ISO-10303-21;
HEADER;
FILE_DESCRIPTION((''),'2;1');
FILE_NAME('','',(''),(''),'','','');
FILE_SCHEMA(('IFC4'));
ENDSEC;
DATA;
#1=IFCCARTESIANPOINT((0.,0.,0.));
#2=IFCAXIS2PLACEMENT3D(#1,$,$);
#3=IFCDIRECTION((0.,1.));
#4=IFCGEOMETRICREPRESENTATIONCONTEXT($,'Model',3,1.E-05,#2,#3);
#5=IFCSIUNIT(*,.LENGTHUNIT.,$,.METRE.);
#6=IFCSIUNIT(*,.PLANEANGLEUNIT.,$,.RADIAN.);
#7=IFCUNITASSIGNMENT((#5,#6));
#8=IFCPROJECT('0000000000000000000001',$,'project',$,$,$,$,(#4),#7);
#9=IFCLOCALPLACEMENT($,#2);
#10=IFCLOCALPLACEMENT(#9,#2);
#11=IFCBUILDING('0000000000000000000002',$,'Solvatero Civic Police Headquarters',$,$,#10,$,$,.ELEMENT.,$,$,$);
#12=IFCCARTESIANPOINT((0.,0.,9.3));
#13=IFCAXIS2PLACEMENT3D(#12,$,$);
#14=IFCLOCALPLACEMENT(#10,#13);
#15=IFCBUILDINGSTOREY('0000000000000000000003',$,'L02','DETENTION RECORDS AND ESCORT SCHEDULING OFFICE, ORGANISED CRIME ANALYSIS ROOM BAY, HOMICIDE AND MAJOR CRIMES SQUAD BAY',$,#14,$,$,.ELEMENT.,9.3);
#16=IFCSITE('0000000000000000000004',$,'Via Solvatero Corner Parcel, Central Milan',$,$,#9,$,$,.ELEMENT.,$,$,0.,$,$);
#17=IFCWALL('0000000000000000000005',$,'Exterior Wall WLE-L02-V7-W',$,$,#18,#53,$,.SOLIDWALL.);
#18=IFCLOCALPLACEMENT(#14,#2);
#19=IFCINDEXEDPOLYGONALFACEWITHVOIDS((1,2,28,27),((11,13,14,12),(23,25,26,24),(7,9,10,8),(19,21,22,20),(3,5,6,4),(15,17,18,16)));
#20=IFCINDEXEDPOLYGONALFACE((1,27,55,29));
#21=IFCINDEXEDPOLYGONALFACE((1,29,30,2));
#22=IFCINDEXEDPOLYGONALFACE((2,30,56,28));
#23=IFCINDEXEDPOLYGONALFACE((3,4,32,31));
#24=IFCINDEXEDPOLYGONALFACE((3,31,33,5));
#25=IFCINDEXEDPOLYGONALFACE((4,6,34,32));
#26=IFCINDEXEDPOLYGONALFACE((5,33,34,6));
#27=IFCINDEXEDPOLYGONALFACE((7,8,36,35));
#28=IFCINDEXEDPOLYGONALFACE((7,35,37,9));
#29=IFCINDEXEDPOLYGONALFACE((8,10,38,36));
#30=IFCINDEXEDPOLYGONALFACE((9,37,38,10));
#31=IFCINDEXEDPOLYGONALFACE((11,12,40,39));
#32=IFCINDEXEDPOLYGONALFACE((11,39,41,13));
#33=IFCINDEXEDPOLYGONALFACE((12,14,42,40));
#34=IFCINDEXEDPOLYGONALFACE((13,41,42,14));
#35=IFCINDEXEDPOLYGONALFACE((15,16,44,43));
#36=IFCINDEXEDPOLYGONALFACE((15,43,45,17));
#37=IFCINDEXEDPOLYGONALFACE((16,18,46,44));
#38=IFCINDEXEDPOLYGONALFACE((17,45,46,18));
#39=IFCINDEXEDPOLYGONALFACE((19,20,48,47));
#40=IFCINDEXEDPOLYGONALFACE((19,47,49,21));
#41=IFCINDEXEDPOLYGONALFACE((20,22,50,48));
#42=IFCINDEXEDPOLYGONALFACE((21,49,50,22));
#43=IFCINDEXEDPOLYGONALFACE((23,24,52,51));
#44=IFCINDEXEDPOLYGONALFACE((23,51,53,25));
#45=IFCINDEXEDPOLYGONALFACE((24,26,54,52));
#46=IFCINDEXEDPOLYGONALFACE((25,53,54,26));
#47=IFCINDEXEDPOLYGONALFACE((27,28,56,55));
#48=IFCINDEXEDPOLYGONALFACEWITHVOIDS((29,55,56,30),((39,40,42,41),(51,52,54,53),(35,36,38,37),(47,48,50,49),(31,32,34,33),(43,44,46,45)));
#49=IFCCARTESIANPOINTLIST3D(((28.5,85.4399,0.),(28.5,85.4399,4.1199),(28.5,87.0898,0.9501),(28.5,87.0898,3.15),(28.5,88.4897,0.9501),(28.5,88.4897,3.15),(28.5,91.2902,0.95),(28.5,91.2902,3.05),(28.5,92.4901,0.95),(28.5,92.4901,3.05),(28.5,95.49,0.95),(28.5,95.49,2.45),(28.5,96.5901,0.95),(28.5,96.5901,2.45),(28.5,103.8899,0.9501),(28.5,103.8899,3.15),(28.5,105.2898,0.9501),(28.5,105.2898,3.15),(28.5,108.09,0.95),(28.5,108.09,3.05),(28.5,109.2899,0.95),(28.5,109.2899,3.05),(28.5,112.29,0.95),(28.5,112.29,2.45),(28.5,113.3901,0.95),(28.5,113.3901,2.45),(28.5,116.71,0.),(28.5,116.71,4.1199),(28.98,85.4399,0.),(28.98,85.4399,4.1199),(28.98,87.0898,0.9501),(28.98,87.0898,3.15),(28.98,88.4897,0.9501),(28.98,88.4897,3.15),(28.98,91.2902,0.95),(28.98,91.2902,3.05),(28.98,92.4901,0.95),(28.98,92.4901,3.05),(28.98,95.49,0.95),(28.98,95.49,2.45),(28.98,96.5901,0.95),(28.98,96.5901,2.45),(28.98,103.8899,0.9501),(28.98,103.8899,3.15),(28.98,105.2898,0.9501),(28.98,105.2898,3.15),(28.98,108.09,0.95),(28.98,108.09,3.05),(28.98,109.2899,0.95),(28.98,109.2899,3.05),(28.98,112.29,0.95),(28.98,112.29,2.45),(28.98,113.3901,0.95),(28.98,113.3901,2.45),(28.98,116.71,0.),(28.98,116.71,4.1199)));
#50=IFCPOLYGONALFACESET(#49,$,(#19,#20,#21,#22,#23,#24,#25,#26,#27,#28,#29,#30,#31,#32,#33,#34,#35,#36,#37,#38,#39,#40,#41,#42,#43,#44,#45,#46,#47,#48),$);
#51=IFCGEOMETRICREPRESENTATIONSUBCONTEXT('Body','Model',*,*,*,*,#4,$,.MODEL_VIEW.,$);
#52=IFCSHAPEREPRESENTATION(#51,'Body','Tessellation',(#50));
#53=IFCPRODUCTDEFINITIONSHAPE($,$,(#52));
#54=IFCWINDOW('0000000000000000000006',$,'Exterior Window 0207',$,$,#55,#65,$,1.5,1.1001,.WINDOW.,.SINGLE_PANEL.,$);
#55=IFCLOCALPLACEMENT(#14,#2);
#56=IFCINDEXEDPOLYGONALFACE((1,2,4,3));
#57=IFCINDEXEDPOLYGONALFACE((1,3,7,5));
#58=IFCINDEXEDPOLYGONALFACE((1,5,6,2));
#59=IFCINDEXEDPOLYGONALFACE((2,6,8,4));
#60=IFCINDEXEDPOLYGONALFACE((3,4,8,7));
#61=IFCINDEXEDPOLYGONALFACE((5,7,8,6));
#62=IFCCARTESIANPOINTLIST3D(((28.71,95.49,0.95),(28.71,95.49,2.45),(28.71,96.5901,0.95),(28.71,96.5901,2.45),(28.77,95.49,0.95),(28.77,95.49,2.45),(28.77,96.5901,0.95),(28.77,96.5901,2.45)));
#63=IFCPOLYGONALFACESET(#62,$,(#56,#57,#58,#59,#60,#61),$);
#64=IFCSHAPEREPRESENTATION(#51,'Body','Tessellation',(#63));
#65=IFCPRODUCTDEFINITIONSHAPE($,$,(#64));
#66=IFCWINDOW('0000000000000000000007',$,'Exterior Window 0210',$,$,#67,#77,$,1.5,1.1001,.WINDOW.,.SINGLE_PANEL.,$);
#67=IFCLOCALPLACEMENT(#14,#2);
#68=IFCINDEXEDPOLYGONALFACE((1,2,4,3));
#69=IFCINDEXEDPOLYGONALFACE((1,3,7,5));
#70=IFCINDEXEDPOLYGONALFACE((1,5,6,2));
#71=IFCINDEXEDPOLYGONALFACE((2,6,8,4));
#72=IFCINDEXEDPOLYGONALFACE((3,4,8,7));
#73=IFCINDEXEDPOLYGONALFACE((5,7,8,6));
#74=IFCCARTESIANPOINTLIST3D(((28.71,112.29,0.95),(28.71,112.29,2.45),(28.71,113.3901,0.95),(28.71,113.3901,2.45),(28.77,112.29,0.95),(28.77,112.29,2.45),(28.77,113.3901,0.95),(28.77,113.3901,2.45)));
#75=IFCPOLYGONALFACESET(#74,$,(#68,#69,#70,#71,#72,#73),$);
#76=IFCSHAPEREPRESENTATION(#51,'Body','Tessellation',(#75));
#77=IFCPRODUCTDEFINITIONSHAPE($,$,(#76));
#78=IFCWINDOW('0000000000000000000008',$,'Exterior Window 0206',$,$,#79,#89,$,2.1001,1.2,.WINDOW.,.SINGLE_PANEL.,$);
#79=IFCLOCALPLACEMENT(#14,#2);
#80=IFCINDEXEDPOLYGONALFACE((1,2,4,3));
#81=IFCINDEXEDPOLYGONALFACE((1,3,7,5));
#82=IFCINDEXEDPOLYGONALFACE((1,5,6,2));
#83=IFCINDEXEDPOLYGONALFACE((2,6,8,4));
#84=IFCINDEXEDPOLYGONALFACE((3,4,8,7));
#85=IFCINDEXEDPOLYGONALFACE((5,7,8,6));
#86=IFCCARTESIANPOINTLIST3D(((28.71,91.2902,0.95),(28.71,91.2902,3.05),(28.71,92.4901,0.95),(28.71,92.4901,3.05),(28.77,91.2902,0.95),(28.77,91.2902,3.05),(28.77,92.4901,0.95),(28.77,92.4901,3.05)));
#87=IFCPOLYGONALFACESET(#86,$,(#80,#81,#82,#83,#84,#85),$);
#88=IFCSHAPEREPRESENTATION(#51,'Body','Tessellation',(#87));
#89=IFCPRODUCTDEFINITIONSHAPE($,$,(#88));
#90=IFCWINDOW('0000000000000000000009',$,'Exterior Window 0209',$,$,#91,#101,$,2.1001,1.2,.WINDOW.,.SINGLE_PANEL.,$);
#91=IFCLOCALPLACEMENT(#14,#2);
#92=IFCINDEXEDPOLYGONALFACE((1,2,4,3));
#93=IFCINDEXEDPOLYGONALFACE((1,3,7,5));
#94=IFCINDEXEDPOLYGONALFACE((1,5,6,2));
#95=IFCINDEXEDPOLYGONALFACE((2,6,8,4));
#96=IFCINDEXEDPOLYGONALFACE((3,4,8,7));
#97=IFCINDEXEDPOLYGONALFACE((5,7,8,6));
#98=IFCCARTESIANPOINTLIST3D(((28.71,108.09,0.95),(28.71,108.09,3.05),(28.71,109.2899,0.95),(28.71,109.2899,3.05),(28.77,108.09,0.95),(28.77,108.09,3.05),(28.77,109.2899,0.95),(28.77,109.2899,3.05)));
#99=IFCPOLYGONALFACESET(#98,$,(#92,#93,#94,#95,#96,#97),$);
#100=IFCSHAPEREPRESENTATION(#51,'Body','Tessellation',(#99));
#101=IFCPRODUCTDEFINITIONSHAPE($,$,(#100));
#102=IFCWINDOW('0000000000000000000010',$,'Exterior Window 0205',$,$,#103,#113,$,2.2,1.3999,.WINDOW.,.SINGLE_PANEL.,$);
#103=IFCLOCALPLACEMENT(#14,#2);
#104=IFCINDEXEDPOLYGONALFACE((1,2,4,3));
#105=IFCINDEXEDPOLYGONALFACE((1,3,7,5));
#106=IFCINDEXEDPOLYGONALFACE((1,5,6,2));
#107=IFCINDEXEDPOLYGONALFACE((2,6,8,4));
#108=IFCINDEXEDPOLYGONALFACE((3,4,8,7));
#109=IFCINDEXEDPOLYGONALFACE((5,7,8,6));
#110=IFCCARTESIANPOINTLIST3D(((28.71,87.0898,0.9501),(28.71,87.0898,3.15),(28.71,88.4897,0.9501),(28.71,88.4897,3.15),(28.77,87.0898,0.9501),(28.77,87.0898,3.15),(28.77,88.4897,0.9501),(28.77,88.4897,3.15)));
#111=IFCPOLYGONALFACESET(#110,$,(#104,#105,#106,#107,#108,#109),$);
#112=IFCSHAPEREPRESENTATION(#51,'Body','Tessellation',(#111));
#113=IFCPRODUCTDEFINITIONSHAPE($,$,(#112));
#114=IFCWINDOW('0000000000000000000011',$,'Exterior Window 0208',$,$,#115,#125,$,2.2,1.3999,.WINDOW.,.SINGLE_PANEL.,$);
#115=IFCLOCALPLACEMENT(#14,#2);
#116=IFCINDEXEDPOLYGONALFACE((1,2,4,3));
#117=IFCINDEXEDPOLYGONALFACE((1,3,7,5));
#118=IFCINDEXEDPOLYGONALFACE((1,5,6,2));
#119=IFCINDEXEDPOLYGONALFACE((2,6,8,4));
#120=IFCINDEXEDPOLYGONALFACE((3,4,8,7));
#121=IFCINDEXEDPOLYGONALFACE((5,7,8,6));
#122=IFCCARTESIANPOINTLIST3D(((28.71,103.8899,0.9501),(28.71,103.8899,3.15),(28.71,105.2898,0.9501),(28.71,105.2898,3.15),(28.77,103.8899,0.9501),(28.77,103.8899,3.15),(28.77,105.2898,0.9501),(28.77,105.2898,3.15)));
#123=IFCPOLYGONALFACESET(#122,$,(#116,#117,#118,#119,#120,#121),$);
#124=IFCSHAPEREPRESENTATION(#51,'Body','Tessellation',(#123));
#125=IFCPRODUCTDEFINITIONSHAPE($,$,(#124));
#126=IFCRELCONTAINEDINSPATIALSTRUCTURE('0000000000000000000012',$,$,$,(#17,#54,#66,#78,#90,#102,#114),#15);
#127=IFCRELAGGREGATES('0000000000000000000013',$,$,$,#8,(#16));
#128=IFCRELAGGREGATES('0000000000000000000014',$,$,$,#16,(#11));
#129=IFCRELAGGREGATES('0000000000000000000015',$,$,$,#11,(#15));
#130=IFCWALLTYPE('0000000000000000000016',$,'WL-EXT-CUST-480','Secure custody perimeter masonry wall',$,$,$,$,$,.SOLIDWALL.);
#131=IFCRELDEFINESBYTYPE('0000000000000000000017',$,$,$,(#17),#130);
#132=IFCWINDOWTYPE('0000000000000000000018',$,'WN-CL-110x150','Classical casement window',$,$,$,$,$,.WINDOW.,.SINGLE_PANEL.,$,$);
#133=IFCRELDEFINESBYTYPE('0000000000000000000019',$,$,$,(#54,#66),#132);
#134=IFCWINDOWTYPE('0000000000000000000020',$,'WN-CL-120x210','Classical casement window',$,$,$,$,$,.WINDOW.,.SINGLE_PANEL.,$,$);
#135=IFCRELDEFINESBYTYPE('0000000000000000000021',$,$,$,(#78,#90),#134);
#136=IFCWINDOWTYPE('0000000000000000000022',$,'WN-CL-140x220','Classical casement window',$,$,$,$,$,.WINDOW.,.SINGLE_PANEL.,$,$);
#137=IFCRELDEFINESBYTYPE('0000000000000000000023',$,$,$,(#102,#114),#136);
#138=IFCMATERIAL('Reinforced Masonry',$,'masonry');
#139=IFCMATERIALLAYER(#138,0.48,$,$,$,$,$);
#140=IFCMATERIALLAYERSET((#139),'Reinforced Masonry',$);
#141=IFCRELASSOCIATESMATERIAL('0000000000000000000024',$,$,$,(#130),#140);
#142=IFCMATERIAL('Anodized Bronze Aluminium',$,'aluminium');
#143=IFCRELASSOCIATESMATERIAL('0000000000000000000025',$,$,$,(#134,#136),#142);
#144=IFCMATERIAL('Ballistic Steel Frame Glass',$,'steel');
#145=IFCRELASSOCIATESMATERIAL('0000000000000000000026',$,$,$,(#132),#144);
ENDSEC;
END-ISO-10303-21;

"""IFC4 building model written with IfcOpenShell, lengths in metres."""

from ifc_helpers import new_model, si_unit, direction, frame, frame_2d, origin, place, context, subcontext, project, spatial, rectangle, extrude, material, layer, layer_set, type_object, element, fill, save


model = new_model("IFC4")

# Units and contexts
model_context = context("Model", 3, precision=1e-05, world=origin(), true_north=direction((0.0, 1.0)))
body_context = subcontext(model_context, "Body", "Model", "MODEL_VIEW")
ifc_project = project(units=[si_unit("LENGTHUNIT", "METRE"), si_unit("PLANEANGLEUNIT", "RADIAN")], contexts=[model_context])

# Site, building, storey
site_placement = place(None, origin())
site = spatial("IfcSite", under=ifc_project, at=site_placement, Name="Via Solvatero Corner Parcel, Central Milan", CompositionType="ELEMENT", RefElevation=0.0)
building_placement = place(site_placement, origin())
building = spatial("IfcBuilding", under=site, at=building_placement, Name="Solvatero Civic Police Headquarters", CompositionType="ELEMENT")
storey_placement = place(building_placement, frame((0.0, 0.0, 9.3)))
storey = spatial("IfcBuildingStorey", under=building, at=storey_placement, Name="L02", Description="DETENTION RECORDS AND ESCORT SCHEDULING OFFICE, ORGANISED CRIME ANALYSIS ROOM BAY, HOMICIDE AND MAJOR CRIMES SQUAD BAY", CompositionType="ELEMENT", Elevation=9.3)

# Shared definitions
ifc_material_1 = material(Name="Reinforced Masonry", Category="masonry")

# Wall, openings, windows
ifc_layer_1 = layer(ifc_material_1, 0.48)
ifc_layer_set_1 = layer_set([ifc_layer_1], Name="Reinforced Masonry")
wall_type_1 = type_object("IfcWallType", Name="WL-EXT-CUST-480", Description="Secure custody perimeter masonry wall", PredefinedType="SOLIDWALL", material=ifc_layer_set_1)
ifc_material_2 = material(Name="Anodized Bronze Aluminium", Category="aluminium")
window_type_1 = type_object("IfcWindowType", Name="WN-CL-120x210", Description="Classical casement window", PartitioningType="SINGLE_PANEL", PredefinedType="WINDOW", material=ifc_material_2)
window_type_2 = type_object("IfcWindowType", Name="WN-CL-140x220", Description="Classical casement window", PartitioningType="SINGLE_PANEL", PredefinedType="WINDOW", material=ifc_material_2)
wall_1_placement = place(storey_placement, frame((28.74, 85.4399, 0.0), z_axis=(0.0, 0.0, 1.0), x_axis=(0.0, 1.0, 0.0)))
wall_1 = element("IfcWall", 1, at=wall_1_placement, inside=storey, type_object=wall_type_1, Name="Exterior Wall WLE-L02-V7-W", PredefinedType="SOLIDWALL", context=body_context, shape_type="SweptSolid", body=[
    extrude(rectangle(XDim=31.27, YDim=0.48, at=frame_2d((15.635, 0.0))), origin(), (0.0, 0.0, 1.0), 4.1199),
])
opening_1_placement = place(wall_1_placement, frame((1.6499, 0.0, 0.95)))
opening_1 = element("IfcOpeningElement", 2, at=opening_1_placement, cuts=wall_1, PredefinedType="OPENING", context=body_context, shape_type="SweptSolid", body=[
    extrude(rectangle(XDim=1.3999, YDim=2.2, at=frame_2d((0.7, 1.1001))), frame((0.0, 0.25, 0.0), z_axis=(0.0, -1.0, 0.0), x_axis=(1.0, 0.0, 0.0)), (0.0, 0.0, 1.0), 0.5),
])
opening_2_placement = place(wall_1_placement, frame((5.8501, 0.0, 0.95)))
opening_2 = element("IfcOpeningElement", 3, at=opening_2_placement, cuts=wall_1, PredefinedType="OPENING", context=body_context, shape_type="SweptSolid", body=[
    extrude(rectangle(XDim=1.2, YDim=2.1001, at=frame_2d((0.6001, 1.05))), frame((0.0, 0.25, 0.0), z_axis=(0.0, -1.0, 0.0), x_axis=(1.0, 0.0, 0.0)), (0.0, 0.0, 1.0), 0.5),
])
opening_3_placement = place(wall_1_placement, frame((10.05, 0.0, 0.95)))
opening_3 = element("IfcOpeningElement", 4, at=opening_3_placement, cuts=wall_1, PredefinedType="OPENING", context=body_context, shape_type="SweptSolid", body=[
    extrude(rectangle(XDim=1.1001, YDim=1.5, at=frame_2d((0.55, 0.75))), frame((0.0, 0.25, 0.0), z_axis=(0.0, -1.0, 0.0), x_axis=(1.0, 0.0, 0.0)), (0.0, 0.0, 1.0), 0.5),
])
opening_4_placement = place(wall_1_placement, frame((18.45, 0.0, 0.95)))
opening_4 = element("IfcOpeningElement", 5, at=opening_4_placement, cuts=wall_1, PredefinedType="OPENING", context=body_context, shape_type="SweptSolid", body=[
    extrude(rectangle(XDim=1.3999, YDim=2.2, at=frame_2d((0.7, 1.1001))), frame((0.0, 0.25, 0.0), z_axis=(0.0, -1.0, 0.0), x_axis=(1.0, 0.0, 0.0)), (0.0, 0.0, 1.0), 0.5),
])
opening_5_placement = place(wall_1_placement, frame((22.6499, 0.0, 0.95)))
opening_5 = element("IfcOpeningElement", 6, at=opening_5_placement, cuts=wall_1, PredefinedType="OPENING", context=body_context, shape_type="SweptSolid", body=[
    extrude(rectangle(XDim=1.2, YDim=2.1001, at=frame_2d((0.6001, 1.05))), frame((0.0, 0.25, 0.0), z_axis=(0.0, -1.0, 0.0), x_axis=(1.0, 0.0, 0.0)), (0.0, 0.0, 1.0), 0.5),
])
opening_6_placement = place(wall_1_placement, frame((26.8501, 0.0, 0.95)))
opening_6 = element("IfcOpeningElement", 7, at=opening_6_placement, cuts=wall_1, PredefinedType="OPENING", context=body_context, shape_type="SweptSolid", body=[
    extrude(rectangle(XDim=1.1001, YDim=1.5, at=frame_2d((0.55, 0.75))), frame((0.0, 0.25, 0.0), z_axis=(0.0, -1.0, 0.0), x_axis=(1.0, 0.0, 0.0)), (0.0, 0.0, 1.0), 0.5),
])
ifc_material_3 = material(Name="Ballistic Steel Frame Glass", Category="steel")
window_type_3 = type_object("IfcWindowType", Name="WN-CL-110x150", Description="Classical casement window", PartitioningType="SINGLE_PANEL", PredefinedType="WINDOW", material=ifc_material_3)
window_1_placement = place(opening_3_placement, origin())
window_1 = element("IfcWindow", 8, at=window_1_placement, inside=storey, type_object=window_type_3, Name="Exterior Window 0207", OverallHeight=1.5, OverallWidth=1.1001, PartitioningType="SINGLE_PANEL", PredefinedType="WINDOW", context=body_context, shape_type="SweptSolid", body=[
    extrude(rectangle(XDim=1.1001, YDim=1.5, at=frame_2d((0.55, 0.75))), frame((0.0, 0.03, 0.0), z_axis=(0.0, -1.0, 0.0), x_axis=(1.0, 0.0, 0.0)), (0.0, 0.0, 1.0), 0.0601),
])
fill(opening_3, window_1)
window_2_placement = place(opening_6_placement, origin())
window_2 = element("IfcWindow", 9, at=window_2_placement, inside=storey, type_object=window_type_3, Name="Exterior Window 0210", OverallHeight=1.5, OverallWidth=1.1001, PartitioningType="SINGLE_PANEL", PredefinedType="WINDOW", context=body_context, shape_type="SweptSolid", body=[
    extrude(rectangle(XDim=1.1001, YDim=1.5, at=frame_2d((0.55, 0.75))), frame((0.0, 0.03, 0.0), z_axis=(0.0, -1.0, 0.0), x_axis=(1.0, 0.0, 0.0)), (0.0, 0.0, 1.0), 0.0601),
])
fill(opening_6, window_2)
window_3_placement = place(opening_2_placement, origin())
window_3 = element("IfcWindow", 10, at=window_3_placement, inside=storey, type_object=window_type_1, Name="Exterior Window 0206", OverallHeight=2.1001, OverallWidth=1.2, PartitioningType="SINGLE_PANEL", PredefinedType="WINDOW", context=body_context, shape_type="SweptSolid", body=[
    extrude(rectangle(XDim=1.2, YDim=2.1001, at=frame_2d((0.6001, 1.05))), frame((0.0, 0.03, 0.0), z_axis=(0.0, -1.0, 0.0), x_axis=(1.0, 0.0, 0.0)), (0.0, 0.0, 1.0), 0.0601),
])
fill(opening_2, window_3)
window_4_placement = place(opening_5_placement, origin())
window_4 = element("IfcWindow", 11, at=window_4_placement, inside=storey, type_object=window_type_1, Name="Exterior Window 0209", OverallHeight=2.1001, OverallWidth=1.2, PartitioningType="SINGLE_PANEL", PredefinedType="WINDOW", context=body_context, shape_type="SweptSolid", body=[
    extrude(rectangle(XDim=1.2, YDim=2.1001, at=frame_2d((0.6001, 1.05))), frame((0.0, 0.03, 0.0), z_axis=(0.0, -1.0, 0.0), x_axis=(1.0, 0.0, 0.0)), (0.0, 0.0, 1.0), 0.0601),
])
fill(opening_5, window_4)
window_5_placement = place(opening_1_placement, origin())
window_5 = element("IfcWindow", 12, at=window_5_placement, inside=storey, type_object=window_type_2, Name="Exterior Window 0205", OverallHeight=2.2, OverallWidth=1.3999, PartitioningType="SINGLE_PANEL", PredefinedType="WINDOW", context=body_context, shape_type="SweptSolid", body=[
    extrude(rectangle(XDim=1.3999, YDim=2.2, at=frame_2d((0.7, 1.1001))), frame((0.0, 0.03, 0.0), z_axis=(0.0, -1.0, 0.0), x_axis=(1.0, 0.0, 0.0)), (0.0, 0.0, 1.0), 0.0601),
])
fill(opening_1, window_5)
window_6_placement = place(opening_4_placement, origin())
window_6 = element("IfcWindow", 13, at=window_6_placement, inside=storey, type_object=window_type_2, Name="Exterior Window 0208", OverallHeight=2.2, OverallWidth=1.3999, PartitioningType="SINGLE_PANEL", PredefinedType="WINDOW", context=body_context, shape_type="SweptSolid", body=[
    extrude(rectangle(XDim=1.3999, YDim=2.2, at=frame_2d((0.7, 1.1001))), frame((0.0, 0.03, 0.0), z_axis=(0.0, -1.0, 0.0), x_axis=(1.0, 0.0, 0.0)), (0.0, 0.0, 1.0), 0.0601),
])
fill(opening_4, window_6)

save(model, "model.ifc")
